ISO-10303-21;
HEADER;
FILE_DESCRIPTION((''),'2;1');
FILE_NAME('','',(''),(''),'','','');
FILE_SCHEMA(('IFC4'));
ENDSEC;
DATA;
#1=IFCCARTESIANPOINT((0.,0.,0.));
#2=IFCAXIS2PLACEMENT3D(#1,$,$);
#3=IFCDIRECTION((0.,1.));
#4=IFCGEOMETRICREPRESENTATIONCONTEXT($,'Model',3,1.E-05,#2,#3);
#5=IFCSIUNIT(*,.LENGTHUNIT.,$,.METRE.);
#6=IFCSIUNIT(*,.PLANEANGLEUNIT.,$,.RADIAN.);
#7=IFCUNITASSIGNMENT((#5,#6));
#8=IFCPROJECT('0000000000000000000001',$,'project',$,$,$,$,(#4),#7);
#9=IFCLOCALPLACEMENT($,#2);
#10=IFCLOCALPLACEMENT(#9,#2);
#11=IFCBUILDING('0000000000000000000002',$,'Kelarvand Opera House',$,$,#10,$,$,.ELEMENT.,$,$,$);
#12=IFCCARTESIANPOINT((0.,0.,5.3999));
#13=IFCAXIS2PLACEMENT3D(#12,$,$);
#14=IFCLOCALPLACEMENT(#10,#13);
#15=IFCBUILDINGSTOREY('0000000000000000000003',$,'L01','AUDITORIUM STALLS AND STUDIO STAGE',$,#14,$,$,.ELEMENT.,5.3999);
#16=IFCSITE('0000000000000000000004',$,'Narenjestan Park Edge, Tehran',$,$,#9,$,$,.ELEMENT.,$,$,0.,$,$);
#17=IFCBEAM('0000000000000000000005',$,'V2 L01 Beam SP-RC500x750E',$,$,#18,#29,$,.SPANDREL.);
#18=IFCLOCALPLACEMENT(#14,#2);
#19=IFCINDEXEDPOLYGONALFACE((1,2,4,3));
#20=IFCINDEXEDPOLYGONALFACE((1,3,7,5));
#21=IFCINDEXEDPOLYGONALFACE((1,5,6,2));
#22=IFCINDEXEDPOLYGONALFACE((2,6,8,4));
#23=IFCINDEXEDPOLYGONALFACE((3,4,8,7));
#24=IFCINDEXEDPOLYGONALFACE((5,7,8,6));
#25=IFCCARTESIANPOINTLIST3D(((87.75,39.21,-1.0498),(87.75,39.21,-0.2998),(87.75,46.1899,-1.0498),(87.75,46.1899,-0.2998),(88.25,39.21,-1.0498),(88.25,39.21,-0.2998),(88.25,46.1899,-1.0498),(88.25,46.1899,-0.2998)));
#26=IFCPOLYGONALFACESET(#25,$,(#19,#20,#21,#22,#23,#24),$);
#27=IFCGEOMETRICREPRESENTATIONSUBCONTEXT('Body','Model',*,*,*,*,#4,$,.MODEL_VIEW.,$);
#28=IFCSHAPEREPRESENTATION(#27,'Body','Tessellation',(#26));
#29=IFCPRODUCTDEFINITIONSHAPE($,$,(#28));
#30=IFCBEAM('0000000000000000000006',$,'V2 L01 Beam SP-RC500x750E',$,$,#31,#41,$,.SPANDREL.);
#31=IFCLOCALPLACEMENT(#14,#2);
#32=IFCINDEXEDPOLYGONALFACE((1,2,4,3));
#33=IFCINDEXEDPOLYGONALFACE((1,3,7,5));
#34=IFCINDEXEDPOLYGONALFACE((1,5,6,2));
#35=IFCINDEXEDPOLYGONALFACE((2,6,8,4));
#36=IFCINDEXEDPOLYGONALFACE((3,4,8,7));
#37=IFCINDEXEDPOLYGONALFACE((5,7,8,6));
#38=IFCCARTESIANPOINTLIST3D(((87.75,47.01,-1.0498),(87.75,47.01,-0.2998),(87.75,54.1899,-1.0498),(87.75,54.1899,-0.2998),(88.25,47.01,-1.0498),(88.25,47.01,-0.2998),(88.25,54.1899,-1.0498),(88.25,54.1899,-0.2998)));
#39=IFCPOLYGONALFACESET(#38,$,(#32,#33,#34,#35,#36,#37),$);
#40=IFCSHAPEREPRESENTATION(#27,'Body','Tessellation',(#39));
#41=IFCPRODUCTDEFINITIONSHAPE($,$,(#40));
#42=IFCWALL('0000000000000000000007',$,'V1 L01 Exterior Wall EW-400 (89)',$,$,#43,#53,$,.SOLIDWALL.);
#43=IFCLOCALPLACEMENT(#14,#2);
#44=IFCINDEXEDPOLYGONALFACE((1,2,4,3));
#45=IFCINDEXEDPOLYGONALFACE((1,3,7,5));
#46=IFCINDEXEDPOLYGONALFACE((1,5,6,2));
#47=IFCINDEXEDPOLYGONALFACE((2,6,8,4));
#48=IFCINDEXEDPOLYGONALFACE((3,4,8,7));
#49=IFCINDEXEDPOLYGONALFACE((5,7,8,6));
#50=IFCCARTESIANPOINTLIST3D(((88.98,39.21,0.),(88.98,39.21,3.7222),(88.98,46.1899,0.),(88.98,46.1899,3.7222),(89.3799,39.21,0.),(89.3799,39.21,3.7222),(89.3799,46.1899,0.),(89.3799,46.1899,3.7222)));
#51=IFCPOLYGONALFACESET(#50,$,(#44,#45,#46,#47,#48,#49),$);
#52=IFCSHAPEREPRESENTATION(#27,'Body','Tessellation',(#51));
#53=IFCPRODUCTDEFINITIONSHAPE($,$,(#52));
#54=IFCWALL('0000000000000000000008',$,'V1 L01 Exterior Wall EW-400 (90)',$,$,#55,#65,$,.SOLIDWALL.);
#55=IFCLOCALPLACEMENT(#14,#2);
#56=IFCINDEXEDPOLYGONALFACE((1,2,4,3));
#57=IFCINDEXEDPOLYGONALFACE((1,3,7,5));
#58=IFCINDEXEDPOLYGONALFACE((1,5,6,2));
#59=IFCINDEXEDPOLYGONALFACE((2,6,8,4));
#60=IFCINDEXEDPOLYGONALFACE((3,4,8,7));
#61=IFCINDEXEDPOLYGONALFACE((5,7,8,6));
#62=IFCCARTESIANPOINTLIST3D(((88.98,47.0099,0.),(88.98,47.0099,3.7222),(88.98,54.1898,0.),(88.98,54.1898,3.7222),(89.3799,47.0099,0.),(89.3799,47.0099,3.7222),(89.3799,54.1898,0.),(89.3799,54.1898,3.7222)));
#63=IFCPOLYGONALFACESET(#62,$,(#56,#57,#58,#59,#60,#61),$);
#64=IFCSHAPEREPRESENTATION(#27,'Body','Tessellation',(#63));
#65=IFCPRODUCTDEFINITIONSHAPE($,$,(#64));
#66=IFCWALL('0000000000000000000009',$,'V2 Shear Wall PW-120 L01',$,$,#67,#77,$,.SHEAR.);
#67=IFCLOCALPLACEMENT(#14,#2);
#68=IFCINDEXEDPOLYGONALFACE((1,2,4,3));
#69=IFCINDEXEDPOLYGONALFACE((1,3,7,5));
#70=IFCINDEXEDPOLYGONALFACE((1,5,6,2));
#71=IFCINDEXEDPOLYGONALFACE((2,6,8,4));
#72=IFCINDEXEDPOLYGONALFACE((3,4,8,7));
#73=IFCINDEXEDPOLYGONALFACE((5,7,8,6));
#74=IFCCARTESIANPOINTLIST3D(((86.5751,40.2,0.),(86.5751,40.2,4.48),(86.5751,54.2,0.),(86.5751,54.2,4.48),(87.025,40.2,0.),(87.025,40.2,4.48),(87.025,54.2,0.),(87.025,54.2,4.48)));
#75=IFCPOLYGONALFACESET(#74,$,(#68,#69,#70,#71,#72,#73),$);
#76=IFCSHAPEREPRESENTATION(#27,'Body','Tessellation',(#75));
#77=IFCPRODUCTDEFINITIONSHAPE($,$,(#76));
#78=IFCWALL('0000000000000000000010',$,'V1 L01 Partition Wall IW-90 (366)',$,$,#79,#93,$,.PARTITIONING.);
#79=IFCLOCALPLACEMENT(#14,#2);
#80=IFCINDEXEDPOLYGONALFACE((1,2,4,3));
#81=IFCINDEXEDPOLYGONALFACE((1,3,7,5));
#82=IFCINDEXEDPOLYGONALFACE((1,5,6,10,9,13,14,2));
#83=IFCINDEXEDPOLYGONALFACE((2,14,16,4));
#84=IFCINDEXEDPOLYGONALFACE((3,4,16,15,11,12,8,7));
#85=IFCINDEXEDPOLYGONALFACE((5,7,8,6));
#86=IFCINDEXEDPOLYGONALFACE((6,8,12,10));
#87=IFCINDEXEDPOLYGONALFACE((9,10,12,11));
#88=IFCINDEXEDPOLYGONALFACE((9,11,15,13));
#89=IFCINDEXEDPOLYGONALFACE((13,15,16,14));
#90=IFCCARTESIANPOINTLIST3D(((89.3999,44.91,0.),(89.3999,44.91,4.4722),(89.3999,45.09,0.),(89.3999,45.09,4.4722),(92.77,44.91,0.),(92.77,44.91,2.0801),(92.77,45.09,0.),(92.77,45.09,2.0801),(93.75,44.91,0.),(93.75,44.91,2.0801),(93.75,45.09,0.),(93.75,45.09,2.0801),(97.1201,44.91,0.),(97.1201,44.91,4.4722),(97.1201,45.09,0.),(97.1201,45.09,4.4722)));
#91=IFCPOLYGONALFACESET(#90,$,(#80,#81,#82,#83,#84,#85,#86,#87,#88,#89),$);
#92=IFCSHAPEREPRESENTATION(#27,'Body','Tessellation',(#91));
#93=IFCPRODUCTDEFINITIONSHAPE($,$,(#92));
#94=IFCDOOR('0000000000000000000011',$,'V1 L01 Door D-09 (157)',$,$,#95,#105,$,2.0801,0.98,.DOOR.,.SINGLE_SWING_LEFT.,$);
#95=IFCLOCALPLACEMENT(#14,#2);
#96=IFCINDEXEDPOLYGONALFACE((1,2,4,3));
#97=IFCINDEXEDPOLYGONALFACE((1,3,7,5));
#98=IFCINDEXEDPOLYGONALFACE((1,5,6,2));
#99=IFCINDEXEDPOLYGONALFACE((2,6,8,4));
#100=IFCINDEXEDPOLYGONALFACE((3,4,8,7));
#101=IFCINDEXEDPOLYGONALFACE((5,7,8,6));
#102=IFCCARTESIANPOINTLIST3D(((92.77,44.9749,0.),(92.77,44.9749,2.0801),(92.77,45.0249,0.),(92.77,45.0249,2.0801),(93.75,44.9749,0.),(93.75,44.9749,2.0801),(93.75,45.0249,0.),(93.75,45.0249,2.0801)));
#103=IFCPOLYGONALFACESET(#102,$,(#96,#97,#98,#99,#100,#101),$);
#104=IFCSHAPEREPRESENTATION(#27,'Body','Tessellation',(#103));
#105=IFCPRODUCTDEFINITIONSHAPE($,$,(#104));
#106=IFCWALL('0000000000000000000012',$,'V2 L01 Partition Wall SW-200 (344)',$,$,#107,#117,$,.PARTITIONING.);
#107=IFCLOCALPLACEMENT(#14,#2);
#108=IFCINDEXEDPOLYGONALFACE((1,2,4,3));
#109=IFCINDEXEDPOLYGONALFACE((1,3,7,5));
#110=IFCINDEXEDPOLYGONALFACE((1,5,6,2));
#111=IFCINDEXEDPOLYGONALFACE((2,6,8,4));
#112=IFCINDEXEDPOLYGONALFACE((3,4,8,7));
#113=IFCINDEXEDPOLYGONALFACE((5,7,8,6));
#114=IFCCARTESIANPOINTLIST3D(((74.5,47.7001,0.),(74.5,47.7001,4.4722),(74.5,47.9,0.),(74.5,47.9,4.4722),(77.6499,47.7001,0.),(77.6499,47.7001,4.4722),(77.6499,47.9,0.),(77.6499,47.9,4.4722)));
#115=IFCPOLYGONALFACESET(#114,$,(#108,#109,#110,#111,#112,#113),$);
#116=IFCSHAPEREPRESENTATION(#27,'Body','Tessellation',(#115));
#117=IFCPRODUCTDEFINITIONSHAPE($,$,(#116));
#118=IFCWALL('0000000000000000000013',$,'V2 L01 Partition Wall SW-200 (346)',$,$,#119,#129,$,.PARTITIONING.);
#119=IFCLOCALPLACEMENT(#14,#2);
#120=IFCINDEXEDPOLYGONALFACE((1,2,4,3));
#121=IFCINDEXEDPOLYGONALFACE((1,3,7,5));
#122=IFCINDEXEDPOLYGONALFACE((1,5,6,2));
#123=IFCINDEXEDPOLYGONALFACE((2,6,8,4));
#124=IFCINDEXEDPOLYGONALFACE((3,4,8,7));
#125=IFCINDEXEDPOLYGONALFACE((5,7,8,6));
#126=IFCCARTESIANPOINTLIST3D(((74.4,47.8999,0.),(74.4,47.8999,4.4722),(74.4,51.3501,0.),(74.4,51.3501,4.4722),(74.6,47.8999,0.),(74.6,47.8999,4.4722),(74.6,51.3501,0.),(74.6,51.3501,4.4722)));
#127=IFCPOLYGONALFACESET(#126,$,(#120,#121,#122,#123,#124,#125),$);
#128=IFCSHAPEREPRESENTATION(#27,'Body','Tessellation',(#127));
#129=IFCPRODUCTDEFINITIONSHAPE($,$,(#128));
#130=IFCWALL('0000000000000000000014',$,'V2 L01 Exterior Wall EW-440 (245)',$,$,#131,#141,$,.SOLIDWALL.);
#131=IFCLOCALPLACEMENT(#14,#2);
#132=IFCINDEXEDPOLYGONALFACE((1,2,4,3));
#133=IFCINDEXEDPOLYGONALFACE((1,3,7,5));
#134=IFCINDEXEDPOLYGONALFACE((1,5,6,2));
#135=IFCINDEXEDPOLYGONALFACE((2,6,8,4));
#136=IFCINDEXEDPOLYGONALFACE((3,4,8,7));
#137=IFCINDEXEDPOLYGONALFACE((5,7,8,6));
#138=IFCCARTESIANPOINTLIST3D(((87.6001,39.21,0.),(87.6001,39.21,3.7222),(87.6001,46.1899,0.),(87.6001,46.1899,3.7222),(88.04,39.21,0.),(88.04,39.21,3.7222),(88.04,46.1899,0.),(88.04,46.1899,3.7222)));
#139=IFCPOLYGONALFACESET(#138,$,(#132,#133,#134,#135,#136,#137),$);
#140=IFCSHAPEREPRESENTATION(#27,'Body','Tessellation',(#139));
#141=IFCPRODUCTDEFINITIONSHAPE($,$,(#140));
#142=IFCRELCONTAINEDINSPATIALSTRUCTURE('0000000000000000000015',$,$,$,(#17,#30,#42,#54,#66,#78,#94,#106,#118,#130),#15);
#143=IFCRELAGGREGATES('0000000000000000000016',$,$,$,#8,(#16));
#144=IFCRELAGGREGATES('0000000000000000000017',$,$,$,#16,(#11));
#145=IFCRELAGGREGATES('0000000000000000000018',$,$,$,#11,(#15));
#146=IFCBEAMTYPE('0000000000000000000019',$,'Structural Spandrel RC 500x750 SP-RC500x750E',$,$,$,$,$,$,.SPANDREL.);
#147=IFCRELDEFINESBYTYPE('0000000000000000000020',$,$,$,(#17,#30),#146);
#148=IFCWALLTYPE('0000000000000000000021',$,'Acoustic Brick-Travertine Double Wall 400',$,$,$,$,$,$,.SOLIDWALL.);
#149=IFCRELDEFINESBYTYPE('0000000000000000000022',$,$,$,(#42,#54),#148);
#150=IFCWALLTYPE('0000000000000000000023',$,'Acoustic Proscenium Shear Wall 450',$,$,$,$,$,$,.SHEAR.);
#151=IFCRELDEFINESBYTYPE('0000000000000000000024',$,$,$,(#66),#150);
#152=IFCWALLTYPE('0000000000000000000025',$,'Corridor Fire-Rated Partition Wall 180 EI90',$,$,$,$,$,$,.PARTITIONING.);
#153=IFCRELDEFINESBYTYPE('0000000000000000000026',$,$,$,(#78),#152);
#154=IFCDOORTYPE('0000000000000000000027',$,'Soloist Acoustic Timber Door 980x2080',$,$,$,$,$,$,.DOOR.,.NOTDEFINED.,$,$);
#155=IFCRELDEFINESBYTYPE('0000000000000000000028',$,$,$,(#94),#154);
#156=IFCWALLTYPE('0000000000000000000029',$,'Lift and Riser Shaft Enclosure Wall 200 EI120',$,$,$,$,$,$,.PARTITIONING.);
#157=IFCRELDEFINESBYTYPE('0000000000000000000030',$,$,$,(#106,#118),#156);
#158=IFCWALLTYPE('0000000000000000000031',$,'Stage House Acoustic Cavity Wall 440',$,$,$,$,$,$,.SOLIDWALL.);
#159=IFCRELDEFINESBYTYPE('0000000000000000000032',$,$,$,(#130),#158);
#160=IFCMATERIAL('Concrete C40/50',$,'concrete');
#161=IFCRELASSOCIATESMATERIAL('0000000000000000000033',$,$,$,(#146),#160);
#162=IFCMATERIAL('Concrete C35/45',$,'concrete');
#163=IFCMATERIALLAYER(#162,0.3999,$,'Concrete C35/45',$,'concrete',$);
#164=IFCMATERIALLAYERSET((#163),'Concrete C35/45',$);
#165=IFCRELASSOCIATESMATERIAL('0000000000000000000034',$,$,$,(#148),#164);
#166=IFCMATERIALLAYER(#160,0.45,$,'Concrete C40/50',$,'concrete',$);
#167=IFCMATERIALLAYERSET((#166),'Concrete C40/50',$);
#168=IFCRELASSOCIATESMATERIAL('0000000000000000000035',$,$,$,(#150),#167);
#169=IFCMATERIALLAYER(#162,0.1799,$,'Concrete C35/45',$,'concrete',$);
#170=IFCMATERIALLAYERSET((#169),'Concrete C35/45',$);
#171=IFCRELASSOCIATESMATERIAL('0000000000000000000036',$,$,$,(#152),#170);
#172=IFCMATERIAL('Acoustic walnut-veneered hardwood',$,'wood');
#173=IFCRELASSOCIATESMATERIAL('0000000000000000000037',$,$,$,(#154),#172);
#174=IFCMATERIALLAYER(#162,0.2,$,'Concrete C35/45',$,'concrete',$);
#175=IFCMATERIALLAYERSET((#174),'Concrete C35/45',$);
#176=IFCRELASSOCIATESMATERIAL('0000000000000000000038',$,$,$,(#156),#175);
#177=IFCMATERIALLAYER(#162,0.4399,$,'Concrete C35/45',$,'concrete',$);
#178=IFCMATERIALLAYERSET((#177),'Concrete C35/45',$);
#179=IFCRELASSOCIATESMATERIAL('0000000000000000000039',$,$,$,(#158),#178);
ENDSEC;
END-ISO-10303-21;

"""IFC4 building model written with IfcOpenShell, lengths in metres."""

from ifc_helpers import new_model, si_unit, direction, frame, frame_2d, origin, origin_2d, place, context, subcontext, project, spatial, rectangle, extrude, material, layer, layer_set, material_profile, profile_set, type_object, element, fill, save


model = new_model("IFC4")

# Units and contexts
model_context = context("Model", 3, precision=1e-05, world=origin(), true_north=direction((0.0, 1.0)))
body_context = subcontext(model_context, "Body", "Model", "MODEL_VIEW")
ifc_project = project(units=[si_unit("LENGTHUNIT", "METRE"), si_unit("PLANEANGLEUNIT", "RADIAN")], contexts=[model_context])

# Site, building, storey
site_placement = place(None, origin())
site = spatial("IfcSite", under=ifc_project, at=site_placement, Name="Narenjestan Park Edge, Tehran", CompositionType="ELEMENT", RefElevation=0.0)
building_placement = place(site_placement, origin())
building = spatial("IfcBuilding", under=site, at=building_placement, Name="Kelarvand Opera House", CompositionType="ELEMENT")
storey_placement = place(building_placement, frame((0.0, 0.0, 5.3999)))
storey = spatial("IfcBuildingStorey", under=building, at=storey_placement, Name="L01", Description="AUDITORIUM STALLS AND STUDIO STAGE", CompositionType="ELEMENT", Elevation=5.3999)

# Shared definitions
ifc_material_1 = material(Name="Concrete C40/50", Category="concrete")

# Beams
ifc_material_profile_1 = material_profile(ifc_material_1, rectangle(XDim=0.5, YDim=0.75, at=origin_2d()), Name="RC 500x750", Category="concrete")
ifc_profile_set_1 = profile_set([ifc_material_profile_1], Name="Concrete C40/50")
beam_type_1 = type_object("IfcBeamType", Name="Structural Spandrel RC 500x750 SP-RC500x750E", PredefinedType="SPANDREL", material=ifc_profile_set_1)
beam_1_placement = place(storey_placement, frame((88.0, 39.21, -0.6748), z_axis=(0.0, 1.0, 0.0), x_axis=(-1.0, 0.0, 0.0)))
element("IfcBeam", 1, at=beam_1_placement, inside=storey, type_object=beam_type_1, Name="V2 L01 Beam SP-RC500x750E", PredefinedType="SPANDREL", context=body_context, shape_type="SweptSolid", body=[
    extrude(rectangle(XDim=0.5, YDim=0.75, at=origin_2d()), origin(), (0.0, 0.0, 1.0), 6.98),
])
beam_2_placement = place(storey_placement, frame((88.0, 47.01, -0.6748), z_axis=(0.0, 1.0, 0.0), x_axis=(-1.0, 0.0, 0.0)))
element("IfcBeam", 2, at=beam_2_placement, inside=storey, type_object=beam_type_1, Name="V2 L01 Beam SP-RC500x750E", PredefinedType="SPANDREL", context=body_context, shape_type="SweptSolid", body=[
    extrude(rectangle(XDim=0.5, YDim=0.75, at=origin_2d()), origin(), (0.0, 0.0, 1.0), 7.1799),
])

# Walls
ifc_material_2 = material(Name="Concrete C35/45", Category="concrete")
ifc_layer_1 = layer(ifc_material_2, 0.3999, Name="Concrete C35/45", Category="concrete")
ifc_layer_set_1 = layer_set([ifc_layer_1], Name="Concrete C35/45")
wall_type_1 = type_object("IfcWallType", Name="Acoustic Brick-Travertine Double Wall 400", PredefinedType="SOLIDWALL", material=ifc_layer_set_1)
wall_1_placement = place(storey_placement, frame((89.1799, 39.21, 0.0), z_axis=(0.0, 0.0, 1.0), x_axis=(0.0, 1.0, 0.0)))
element("IfcWall", 3, at=wall_1_placement, inside=storey, type_object=wall_type_1, Name="V1 L01 Exterior Wall EW-400 (89)", PredefinedType="SOLIDWALL", context=body_context, shape_type="SweptSolid", body=[
    extrude(rectangle(XDim=6.98, YDim=0.3999, at=frame_2d((3.49, 0.0))), origin(), (0.0, 0.0, 1.0), 3.7222),
])
wall_2_placement = place(storey_placement, frame((89.1799, 47.01, 0.0), z_axis=(0.0, 0.0, 1.0), x_axis=(0.0, 1.0, 0.0)))
element("IfcWall", 4, at=wall_2_placement, inside=storey, type_object=wall_type_1, Name="V1 L01 Exterior Wall EW-400 (90)", PredefinedType="SOLIDWALL", context=body_context, shape_type="SweptSolid", body=[
    extrude(rectangle(XDim=7.1799, YDim=0.3999, at=frame_2d((3.5898, 0.0))), origin(), (0.0, 0.0, 1.0), 3.7222),
])
ifc_layer_2 = layer(ifc_material_1, 0.45, Name="Concrete C40/50", Category="concrete")
ifc_layer_set_2 = layer_set([ifc_layer_2], Name="Concrete C40/50")
wall_type_2 = type_object("IfcWallType", Name="Acoustic Proscenium Shear Wall 450", PredefinedType="SHEAR", material=ifc_layer_set_2)
wall_3_placement = place(storey_placement, frame((86.8, 40.2, 0.0), z_axis=(0.0, 0.0, 1.0), x_axis=(0.0, 1.0, 0.0)))
element("IfcWall", 5, at=wall_3_placement, inside=storey, type_object=wall_type_2, Name="V2 Shear Wall PW-120 L01", PredefinedType="SHEAR", context=body_context, shape_type="SweptSolid", body=[
    extrude(rectangle(XDim=14.0, YDim=0.45, at=frame_2d((7.0, 0.0))), origin(), (0.0, 0.0, 1.0), 4.48),
])

# Wall, opening, door
ifc_layer_3 = layer(ifc_material_2, 0.1799, Name="Concrete C35/45", Category="concrete")
ifc_layer_set_3 = layer_set([ifc_layer_3], Name="Concrete C35/45")
wall_type_3 = type_object("IfcWallType", Name="Corridor Fire-Rated Partition Wall 180 EI90", PredefinedType="PARTITIONING", material=ifc_layer_set_3)
wall_4_placement = place(storey_placement, frame((89.3999, 45.0, 0.0), z_axis=(0.0, 0.0, 1.0), x_axis=(1.0, 0.0, 0.0)))
wall_4 = element("IfcWall", 6, at=wall_4_placement, inside=storey, type_object=wall_type_3, Name="V1 L01 Partition Wall IW-90 (366)", PredefinedType="PARTITIONING", context=body_context, shape_type="SweptSolid", body=[
    extrude(rectangle(XDim=7.7202, YDim=0.1799, at=frame_2d((3.8601, 0.0))), origin(), (0.0, 0.0, 1.0), 4.4722),
])
opening_1_placement = place(wall_4_placement, frame((3.3701, 0.0, 0.0)))
opening_1 = element("IfcOpeningElement", 7, at=opening_1_placement, cuts=wall_4, PredefinedType="OPENING", context=body_context, shape_type="SweptSolid", body=[
    extrude(rectangle(XDim=0.98, YDim=2.0801, at=frame_2d((0.49, 1.04))), frame((0.0, 0.1001, 0.0), z_axis=(0.0, -1.0, 0.0), x_axis=(1.0, 0.0, 0.0)), (0.0, 0.0, 1.0), 0.2),
])
ifc_material_3 = material(Name="Acoustic walnut-veneered hardwood", Category="wood")
door_type = type_object("IfcDoorType", Name="Soloist Acoustic Timber Door 980x2080", OperationType="NOTDEFINED", PredefinedType="DOOR", material=ifc_material_3)
door_placement = place(opening_1_placement, origin())
door = element("IfcDoor", 8, at=door_placement, inside=storey, type_object=door_type, Name="V1 L01 Door D-09 (157)", OperationType="SINGLE_SWING_LEFT", OverallHeight=2.0801, OverallWidth=0.98, PredefinedType="DOOR", context=body_context, shape_type="SweptSolid", body=[
    extrude(rectangle(XDim=0.98, YDim=2.0801, at=frame_2d((0.49, 1.04))), frame((0.0, 0.0249, 0.0), z_axis=(0.0, -1.0, 0.0), x_axis=(1.0, 0.0, 0.0)), (0.0, 0.0, 1.0), 0.05),
])
fill(opening_1, door)

# Walls
ifc_layer_4 = layer(ifc_material_2, 0.2, Name="Concrete C35/45", Category="concrete")
ifc_layer_set_4 = layer_set([ifc_layer_4], Name="Concrete C35/45")
wall_type_4 = type_object("IfcWallType", Name="Lift and Riser Shaft Enclosure Wall 200 EI120", PredefinedType="PARTITIONING", material=ifc_layer_set_4)
wall_5_placement = place(storey_placement, frame((74.5, 47.8, 0.0), z_axis=(0.0, 0.0, 1.0), x_axis=(1.0, 0.0, 0.0)))
element("IfcWall", 9, at=wall_5_placement, inside=storey, type_object=wall_type_4, Name="V2 L01 Partition Wall SW-200 (344)", PredefinedType="PARTITIONING", context=body_context, shape_type="SweptSolid", body=[
    extrude(rectangle(XDim=3.1499, YDim=0.2, at=frame_2d((1.575, 0.0))), origin(), (0.0, 0.0, 1.0), 4.4722),
])
wall_6_placement = place(storey_placement, frame((74.5, 47.8999, 0.0), z_axis=(0.0, 0.0, 1.0), x_axis=(0.0, 1.0, 0.0)))
element("IfcWall", 10, at=wall_6_placement, inside=storey, type_object=wall_type_4, Name="V2 L01 Partition Wall SW-200 (346)", PredefinedType="PARTITIONING", context=body_context, shape_type="SweptSolid", body=[
    extrude(rectangle(XDim=3.4502, YDim=0.2, at=frame_2d((1.7251, 0.0))), origin(), (0.0, 0.0, 1.0), 4.4722),
])
ifc_layer_5 = layer(ifc_material_2, 0.4399, Name="Concrete C35/45", Category="concrete")
ifc_layer_set_5 = layer_set([ifc_layer_5], Name="Concrete C35/45")
wall_type_5 = type_object("IfcWallType", Name="Stage House Acoustic Cavity Wall 440", PredefinedType="SOLIDWALL", material=ifc_layer_set_5)
wall_7_placement = place(storey_placement, frame((87.8201, 46.1899, 0.0), z_axis=(0.0, 0.0, 1.0), x_axis=(0.0, -1.0, 0.0)))
element("IfcWall", 11, at=wall_7_placement, inside=storey, type_object=wall_type_5, Name="V2 L01 Exterior Wall EW-440 (245)", PredefinedType="SOLIDWALL", context=body_context, shape_type="SweptSolid", body=[
    extrude(rectangle(XDim=6.98, YDim=0.4399, at=frame_2d((3.49, 0.0))), origin(), (0.0, 0.0, 1.0), 3.7222),
])

save(model, "model.ifc")
